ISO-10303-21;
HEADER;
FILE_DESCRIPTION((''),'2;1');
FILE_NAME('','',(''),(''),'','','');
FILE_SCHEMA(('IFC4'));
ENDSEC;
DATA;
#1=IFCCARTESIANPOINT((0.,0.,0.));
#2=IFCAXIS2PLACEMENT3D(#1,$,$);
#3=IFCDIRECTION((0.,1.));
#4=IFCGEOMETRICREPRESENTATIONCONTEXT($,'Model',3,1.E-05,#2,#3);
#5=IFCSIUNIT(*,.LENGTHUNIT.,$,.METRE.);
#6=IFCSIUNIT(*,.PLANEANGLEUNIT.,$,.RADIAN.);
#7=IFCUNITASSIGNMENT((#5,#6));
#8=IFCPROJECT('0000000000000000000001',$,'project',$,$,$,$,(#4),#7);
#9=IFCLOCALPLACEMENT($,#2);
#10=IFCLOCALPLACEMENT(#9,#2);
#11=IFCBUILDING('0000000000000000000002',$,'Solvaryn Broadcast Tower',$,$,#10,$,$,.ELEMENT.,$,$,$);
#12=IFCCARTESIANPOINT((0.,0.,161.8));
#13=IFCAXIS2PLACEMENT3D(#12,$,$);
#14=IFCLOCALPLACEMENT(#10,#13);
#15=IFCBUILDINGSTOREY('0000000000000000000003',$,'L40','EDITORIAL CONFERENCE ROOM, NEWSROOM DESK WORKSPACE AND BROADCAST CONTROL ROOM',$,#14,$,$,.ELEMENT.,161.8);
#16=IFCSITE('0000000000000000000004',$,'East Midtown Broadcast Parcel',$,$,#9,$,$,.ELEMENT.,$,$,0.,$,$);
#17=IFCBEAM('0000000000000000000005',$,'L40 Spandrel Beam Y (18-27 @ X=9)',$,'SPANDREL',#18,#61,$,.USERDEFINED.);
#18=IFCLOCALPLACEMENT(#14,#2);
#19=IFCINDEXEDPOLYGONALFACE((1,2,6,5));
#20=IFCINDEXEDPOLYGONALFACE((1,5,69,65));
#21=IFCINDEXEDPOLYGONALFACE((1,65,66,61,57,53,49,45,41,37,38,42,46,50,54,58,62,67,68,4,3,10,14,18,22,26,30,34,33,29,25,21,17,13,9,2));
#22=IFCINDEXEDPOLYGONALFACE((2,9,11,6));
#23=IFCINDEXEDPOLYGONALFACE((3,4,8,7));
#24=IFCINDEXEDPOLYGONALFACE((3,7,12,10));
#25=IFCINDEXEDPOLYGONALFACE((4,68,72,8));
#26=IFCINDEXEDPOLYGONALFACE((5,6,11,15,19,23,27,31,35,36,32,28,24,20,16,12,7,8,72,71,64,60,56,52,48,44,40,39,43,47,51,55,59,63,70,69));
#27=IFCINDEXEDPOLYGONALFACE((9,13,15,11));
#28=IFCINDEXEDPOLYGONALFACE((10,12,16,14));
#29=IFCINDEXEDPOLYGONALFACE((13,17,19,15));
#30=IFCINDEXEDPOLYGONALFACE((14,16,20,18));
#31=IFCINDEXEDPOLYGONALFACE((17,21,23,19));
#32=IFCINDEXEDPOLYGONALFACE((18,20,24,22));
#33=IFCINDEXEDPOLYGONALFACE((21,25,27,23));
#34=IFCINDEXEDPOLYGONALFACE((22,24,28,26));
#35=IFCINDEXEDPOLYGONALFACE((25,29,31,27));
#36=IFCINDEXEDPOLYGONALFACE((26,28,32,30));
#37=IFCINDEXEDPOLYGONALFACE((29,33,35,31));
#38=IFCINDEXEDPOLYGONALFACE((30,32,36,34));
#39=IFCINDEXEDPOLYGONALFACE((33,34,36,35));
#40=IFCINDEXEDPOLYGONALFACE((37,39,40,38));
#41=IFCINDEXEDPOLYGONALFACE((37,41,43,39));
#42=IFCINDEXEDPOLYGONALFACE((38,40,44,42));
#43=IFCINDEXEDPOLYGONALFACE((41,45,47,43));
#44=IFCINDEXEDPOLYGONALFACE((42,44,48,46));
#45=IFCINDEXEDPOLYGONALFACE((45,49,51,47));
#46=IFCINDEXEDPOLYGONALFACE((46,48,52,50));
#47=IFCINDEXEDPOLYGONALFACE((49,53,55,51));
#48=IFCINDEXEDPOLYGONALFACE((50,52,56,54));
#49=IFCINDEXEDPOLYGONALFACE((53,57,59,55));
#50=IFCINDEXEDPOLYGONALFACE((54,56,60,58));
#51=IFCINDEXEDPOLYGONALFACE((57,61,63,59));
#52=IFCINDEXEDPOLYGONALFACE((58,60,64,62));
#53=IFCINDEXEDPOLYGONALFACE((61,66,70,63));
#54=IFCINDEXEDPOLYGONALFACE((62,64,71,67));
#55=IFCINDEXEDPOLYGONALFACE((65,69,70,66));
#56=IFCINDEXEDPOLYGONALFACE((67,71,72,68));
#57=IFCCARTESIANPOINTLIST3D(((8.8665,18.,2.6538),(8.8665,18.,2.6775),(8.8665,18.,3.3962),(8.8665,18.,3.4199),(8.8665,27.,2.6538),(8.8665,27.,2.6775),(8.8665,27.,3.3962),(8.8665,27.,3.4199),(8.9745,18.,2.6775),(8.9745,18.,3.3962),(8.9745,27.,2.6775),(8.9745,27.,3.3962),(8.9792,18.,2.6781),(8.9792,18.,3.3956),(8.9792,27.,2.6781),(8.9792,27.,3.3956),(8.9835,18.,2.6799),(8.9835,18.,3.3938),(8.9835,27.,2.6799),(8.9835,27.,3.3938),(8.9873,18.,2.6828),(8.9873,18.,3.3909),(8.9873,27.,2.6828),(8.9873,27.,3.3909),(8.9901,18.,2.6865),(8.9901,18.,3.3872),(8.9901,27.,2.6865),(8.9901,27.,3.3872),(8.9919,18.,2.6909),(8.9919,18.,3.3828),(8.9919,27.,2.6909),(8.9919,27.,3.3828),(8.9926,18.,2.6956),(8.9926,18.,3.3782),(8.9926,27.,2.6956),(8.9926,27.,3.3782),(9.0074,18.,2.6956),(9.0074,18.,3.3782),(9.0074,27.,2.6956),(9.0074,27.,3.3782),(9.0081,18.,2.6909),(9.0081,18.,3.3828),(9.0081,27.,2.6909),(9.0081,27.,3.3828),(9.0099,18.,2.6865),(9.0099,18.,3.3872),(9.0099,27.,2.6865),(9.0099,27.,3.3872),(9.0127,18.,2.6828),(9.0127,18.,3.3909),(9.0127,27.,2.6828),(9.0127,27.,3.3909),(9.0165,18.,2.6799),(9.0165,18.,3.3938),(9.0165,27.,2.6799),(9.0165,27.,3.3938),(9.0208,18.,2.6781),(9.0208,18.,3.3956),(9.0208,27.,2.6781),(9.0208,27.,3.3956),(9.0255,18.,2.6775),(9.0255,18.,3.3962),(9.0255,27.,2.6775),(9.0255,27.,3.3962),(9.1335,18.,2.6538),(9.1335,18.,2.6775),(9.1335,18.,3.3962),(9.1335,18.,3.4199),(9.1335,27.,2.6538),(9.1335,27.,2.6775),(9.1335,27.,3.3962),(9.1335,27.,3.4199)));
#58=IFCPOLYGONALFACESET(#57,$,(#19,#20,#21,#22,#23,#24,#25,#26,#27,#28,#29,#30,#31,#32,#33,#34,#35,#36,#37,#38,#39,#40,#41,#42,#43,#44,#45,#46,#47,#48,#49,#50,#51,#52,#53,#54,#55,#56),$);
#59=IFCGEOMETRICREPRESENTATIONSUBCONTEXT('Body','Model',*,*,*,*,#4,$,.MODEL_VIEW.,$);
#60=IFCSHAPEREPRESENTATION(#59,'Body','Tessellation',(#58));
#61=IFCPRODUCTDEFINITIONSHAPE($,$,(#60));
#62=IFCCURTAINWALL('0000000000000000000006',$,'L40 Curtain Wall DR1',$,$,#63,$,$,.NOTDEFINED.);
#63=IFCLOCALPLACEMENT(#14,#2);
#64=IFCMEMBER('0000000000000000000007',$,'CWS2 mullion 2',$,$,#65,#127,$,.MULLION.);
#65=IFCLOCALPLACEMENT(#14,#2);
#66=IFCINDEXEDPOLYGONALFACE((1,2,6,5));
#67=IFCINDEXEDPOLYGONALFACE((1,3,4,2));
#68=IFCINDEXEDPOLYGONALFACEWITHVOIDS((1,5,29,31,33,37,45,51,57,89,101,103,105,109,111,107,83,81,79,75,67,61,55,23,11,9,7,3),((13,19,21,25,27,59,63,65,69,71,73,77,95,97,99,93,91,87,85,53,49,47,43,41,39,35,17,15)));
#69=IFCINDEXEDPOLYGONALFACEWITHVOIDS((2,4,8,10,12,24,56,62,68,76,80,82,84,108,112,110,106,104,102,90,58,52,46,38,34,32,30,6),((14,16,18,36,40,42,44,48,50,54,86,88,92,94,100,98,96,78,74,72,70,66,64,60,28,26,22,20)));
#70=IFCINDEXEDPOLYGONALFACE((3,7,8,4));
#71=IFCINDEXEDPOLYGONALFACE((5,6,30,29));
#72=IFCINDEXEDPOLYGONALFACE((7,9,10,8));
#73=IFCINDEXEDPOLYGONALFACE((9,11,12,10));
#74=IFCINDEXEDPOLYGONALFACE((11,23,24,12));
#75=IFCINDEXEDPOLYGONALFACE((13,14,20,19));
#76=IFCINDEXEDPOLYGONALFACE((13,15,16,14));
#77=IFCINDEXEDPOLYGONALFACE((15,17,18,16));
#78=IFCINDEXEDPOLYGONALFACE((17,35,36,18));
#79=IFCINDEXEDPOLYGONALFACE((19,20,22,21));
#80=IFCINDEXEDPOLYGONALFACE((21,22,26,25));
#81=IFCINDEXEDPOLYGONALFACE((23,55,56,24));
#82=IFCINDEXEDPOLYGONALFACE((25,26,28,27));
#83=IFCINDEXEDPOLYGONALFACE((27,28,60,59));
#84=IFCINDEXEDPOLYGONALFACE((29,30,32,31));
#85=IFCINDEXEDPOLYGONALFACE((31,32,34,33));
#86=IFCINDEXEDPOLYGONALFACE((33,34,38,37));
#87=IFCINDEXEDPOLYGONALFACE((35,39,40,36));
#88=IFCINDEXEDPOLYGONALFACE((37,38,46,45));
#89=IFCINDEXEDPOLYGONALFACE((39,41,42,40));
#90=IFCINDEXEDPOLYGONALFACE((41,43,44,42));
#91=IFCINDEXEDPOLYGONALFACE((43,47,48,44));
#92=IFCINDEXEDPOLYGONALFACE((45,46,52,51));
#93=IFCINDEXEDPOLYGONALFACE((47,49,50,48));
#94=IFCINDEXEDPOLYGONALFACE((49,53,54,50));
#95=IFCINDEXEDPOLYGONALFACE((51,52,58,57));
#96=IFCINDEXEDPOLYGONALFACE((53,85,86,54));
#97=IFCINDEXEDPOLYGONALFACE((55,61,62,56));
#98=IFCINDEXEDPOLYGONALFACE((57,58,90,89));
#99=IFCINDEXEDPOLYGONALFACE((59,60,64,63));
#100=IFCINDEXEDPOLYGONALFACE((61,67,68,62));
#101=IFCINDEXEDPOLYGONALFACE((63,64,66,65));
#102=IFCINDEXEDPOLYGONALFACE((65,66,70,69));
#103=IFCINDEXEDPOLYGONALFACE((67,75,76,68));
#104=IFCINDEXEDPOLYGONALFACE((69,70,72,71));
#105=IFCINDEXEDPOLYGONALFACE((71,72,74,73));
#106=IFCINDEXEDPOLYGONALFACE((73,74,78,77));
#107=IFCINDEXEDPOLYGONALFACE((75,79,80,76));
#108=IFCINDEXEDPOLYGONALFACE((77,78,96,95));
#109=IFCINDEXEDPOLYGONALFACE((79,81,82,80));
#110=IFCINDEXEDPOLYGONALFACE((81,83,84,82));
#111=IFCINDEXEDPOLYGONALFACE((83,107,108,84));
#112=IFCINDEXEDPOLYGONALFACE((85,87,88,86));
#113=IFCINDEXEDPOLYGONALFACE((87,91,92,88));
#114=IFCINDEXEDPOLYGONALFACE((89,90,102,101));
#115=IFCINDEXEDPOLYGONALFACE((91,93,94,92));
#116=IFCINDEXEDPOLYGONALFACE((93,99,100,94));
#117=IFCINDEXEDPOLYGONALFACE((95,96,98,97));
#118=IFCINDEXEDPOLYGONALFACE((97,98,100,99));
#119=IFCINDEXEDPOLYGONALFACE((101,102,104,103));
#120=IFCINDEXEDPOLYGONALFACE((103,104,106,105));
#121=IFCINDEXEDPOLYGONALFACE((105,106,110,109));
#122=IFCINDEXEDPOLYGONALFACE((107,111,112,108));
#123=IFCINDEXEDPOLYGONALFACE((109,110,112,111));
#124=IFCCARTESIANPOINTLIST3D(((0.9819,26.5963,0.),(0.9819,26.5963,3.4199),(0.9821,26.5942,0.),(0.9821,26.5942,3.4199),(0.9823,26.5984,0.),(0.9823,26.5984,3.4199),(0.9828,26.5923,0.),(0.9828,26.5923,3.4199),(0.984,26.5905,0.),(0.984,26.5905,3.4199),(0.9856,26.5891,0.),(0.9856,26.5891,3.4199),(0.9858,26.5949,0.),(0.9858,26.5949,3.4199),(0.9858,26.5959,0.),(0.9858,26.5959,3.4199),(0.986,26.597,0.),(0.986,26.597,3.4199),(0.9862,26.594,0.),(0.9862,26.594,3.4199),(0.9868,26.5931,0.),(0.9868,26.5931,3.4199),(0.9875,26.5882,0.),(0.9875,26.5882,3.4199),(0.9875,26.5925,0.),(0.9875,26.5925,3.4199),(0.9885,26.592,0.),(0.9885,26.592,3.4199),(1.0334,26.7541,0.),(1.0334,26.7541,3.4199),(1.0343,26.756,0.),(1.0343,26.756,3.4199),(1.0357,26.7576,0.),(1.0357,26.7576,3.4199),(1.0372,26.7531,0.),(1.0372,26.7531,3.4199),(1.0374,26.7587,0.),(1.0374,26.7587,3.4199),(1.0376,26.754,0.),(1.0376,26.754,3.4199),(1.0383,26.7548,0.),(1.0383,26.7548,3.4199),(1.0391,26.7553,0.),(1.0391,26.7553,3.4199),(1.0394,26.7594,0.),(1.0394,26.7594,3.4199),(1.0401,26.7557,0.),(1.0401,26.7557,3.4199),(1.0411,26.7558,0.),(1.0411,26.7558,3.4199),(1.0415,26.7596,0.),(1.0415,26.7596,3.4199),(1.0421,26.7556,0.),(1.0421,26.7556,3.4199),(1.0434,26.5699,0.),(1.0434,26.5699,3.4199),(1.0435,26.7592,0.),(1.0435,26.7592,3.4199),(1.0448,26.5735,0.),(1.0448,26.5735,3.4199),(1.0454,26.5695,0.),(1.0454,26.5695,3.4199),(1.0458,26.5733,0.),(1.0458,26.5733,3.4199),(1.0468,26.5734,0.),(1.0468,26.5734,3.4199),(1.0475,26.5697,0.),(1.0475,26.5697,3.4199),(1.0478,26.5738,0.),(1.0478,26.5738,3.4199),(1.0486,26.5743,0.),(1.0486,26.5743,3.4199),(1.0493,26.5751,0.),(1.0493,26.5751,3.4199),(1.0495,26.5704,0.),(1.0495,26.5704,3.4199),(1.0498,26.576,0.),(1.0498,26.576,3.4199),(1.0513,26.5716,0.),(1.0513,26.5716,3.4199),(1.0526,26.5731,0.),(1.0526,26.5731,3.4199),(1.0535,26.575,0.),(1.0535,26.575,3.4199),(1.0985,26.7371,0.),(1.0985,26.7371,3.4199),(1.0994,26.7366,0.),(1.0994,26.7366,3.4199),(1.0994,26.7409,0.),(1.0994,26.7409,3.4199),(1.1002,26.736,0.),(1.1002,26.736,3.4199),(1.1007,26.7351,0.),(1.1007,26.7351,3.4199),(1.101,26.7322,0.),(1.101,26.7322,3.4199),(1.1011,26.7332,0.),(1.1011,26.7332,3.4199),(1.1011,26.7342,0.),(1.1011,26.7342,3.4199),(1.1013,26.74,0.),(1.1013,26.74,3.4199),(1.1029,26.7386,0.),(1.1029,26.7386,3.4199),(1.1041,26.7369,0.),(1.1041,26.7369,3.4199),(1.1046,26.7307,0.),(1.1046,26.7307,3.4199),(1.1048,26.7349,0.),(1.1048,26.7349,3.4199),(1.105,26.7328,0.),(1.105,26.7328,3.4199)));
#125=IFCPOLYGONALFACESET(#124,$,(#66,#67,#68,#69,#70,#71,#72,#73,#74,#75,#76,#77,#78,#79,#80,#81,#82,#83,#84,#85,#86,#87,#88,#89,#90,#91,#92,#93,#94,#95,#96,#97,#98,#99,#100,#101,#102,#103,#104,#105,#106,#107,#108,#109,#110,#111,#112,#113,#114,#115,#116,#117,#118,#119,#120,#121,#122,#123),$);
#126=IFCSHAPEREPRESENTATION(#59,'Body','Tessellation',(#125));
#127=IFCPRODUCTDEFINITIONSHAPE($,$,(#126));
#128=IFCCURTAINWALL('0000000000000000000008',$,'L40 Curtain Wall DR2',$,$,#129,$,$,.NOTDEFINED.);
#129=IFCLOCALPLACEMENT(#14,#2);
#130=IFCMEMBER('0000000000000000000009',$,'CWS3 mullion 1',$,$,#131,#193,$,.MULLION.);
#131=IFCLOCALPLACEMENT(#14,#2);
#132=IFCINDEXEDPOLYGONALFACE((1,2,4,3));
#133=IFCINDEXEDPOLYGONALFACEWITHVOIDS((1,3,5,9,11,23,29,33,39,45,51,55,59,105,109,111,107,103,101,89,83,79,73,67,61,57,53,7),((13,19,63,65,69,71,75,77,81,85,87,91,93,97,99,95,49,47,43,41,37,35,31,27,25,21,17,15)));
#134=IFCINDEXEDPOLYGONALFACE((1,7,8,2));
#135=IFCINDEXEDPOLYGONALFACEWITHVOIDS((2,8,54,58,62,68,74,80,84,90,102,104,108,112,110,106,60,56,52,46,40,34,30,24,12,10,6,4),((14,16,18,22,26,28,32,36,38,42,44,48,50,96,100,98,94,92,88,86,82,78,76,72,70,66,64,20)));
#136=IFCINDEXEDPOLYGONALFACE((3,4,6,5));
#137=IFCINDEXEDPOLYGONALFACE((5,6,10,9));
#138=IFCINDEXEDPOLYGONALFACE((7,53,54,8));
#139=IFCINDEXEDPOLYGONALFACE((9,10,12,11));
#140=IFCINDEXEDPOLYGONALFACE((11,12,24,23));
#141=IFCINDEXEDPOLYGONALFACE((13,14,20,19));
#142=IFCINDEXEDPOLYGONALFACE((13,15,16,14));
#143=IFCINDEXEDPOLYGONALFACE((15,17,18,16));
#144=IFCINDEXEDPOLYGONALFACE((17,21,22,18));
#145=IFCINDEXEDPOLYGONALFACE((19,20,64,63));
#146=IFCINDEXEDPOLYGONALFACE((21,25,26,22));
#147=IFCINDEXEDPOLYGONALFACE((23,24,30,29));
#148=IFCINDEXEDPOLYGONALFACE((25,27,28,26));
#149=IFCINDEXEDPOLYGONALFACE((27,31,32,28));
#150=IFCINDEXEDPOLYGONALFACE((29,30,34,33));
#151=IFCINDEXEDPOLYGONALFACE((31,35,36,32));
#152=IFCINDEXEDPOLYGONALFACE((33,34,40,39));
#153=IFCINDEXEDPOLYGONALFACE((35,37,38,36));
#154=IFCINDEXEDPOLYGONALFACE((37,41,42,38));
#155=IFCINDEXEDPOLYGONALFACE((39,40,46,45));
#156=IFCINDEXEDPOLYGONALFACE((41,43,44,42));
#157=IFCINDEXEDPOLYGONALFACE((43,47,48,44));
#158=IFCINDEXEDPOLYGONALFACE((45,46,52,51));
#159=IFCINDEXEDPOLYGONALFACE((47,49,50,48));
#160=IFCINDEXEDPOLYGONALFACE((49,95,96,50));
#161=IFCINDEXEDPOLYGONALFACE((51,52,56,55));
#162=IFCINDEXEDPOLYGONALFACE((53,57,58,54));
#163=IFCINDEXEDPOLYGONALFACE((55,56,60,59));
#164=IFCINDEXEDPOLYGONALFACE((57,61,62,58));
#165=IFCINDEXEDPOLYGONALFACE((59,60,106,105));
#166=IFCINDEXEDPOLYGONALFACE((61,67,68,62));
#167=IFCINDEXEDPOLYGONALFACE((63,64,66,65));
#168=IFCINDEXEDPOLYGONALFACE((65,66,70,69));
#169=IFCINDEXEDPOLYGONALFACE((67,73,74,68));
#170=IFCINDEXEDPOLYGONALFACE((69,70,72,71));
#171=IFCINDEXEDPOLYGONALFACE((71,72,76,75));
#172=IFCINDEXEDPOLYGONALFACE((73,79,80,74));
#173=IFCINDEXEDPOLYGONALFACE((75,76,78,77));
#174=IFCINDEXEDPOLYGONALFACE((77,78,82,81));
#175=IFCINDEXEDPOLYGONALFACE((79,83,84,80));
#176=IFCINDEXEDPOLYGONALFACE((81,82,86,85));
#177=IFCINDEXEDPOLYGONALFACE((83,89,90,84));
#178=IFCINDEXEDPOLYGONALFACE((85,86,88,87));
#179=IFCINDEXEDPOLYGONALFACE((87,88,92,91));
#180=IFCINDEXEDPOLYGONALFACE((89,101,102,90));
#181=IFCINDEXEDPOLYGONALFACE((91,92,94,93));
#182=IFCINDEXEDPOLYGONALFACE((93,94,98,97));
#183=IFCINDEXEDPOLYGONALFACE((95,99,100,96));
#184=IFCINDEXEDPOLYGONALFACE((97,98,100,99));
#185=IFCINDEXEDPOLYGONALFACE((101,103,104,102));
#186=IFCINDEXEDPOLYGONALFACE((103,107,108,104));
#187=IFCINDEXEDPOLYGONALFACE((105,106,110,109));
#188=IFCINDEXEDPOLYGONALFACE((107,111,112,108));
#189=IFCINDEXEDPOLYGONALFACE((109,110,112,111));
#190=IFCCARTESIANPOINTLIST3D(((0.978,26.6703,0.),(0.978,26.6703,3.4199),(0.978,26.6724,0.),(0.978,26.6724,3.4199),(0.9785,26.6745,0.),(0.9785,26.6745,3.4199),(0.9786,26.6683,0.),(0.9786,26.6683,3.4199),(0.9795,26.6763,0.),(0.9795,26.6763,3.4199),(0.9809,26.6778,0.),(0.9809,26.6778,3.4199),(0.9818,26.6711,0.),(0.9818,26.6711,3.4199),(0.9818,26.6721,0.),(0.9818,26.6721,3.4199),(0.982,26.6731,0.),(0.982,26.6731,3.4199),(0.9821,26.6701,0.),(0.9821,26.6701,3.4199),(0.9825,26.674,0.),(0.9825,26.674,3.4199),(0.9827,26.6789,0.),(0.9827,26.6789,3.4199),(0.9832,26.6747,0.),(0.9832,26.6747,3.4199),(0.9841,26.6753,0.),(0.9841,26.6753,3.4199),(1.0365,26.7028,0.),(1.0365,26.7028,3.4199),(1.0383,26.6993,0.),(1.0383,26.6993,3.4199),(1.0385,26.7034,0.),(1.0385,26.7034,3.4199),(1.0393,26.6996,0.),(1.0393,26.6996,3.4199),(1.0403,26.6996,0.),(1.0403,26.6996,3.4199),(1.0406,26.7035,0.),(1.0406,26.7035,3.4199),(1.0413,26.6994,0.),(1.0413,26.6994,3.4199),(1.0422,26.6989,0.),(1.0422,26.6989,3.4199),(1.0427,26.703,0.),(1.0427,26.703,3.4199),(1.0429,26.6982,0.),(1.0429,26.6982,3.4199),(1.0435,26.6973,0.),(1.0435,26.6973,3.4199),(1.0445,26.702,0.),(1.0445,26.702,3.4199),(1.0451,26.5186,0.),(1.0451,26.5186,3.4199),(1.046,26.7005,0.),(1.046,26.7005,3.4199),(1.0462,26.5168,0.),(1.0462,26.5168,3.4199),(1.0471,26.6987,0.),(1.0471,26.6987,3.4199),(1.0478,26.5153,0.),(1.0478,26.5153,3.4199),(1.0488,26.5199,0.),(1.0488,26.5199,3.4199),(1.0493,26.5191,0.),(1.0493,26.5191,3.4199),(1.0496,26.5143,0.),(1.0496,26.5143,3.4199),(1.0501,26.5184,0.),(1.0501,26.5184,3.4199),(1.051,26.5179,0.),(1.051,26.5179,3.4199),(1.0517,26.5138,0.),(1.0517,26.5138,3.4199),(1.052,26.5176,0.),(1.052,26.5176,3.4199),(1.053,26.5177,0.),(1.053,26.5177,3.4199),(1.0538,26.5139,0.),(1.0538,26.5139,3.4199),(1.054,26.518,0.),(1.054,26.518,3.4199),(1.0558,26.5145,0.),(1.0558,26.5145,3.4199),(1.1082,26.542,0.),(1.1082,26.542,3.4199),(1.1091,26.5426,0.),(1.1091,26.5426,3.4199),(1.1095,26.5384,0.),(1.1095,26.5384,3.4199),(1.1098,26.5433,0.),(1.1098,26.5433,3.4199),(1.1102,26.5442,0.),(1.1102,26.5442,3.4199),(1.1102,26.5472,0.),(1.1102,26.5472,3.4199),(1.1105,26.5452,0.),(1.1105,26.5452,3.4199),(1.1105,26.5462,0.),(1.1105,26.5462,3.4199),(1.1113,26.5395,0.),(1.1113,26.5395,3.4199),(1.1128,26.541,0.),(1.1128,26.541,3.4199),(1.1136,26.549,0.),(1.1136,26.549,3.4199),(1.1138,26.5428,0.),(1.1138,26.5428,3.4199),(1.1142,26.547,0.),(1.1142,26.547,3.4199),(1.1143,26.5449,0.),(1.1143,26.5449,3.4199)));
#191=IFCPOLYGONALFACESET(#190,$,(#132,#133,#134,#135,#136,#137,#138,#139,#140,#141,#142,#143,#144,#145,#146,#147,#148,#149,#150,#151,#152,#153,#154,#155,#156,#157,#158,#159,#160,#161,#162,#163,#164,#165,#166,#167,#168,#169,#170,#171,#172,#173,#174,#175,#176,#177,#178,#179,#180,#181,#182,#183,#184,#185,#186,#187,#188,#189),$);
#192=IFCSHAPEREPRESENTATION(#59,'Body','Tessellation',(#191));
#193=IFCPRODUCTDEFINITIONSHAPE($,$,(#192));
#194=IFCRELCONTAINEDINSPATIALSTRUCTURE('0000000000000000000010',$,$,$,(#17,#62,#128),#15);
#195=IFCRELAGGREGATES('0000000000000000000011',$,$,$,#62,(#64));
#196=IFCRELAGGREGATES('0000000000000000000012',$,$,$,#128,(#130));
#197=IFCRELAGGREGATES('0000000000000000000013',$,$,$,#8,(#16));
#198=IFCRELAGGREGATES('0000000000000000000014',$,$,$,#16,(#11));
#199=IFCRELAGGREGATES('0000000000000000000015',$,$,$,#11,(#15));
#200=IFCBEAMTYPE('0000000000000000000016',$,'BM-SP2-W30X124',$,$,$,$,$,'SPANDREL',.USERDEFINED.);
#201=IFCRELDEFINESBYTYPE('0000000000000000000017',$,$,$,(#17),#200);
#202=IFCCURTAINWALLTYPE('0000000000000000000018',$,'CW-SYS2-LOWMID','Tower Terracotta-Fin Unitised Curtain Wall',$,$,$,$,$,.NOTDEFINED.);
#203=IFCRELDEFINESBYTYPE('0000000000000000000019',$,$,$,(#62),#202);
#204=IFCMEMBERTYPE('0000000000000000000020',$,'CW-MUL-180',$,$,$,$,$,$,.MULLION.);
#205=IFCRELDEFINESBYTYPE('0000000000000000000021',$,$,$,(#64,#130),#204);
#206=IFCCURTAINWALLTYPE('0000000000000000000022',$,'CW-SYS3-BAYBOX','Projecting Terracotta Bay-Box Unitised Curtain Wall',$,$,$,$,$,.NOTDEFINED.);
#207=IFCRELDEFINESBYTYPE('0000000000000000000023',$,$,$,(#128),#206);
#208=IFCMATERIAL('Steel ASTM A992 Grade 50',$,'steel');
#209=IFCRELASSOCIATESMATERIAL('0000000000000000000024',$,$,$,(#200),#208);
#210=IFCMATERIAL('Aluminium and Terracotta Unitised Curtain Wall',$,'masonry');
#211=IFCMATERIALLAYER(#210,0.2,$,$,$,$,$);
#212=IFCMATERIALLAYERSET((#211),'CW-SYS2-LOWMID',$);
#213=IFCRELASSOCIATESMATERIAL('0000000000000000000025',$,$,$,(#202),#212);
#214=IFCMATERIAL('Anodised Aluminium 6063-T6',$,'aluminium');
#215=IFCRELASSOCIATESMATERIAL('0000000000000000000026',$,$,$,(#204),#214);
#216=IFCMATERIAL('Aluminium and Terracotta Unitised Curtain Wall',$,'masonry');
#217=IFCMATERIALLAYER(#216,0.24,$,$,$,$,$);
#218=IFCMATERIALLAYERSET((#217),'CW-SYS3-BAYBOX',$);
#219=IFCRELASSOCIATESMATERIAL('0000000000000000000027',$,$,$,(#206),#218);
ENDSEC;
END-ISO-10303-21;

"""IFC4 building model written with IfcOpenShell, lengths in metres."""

from ifc_helpers import new_model, si_unit, direction, frame, origin, origin_2d, place, context, subcontext, project, spatial, hollow_rectangle, i_section, extrude, material, layer, layer_set, material_profile, profile_set, type_object, element, aggregate, save


model = new_model("IFC4")

# Units and contexts
model_context = context("Model", 3, precision=1e-05, world=origin(), true_north=direction((0.0, 1.0)))
body_context = subcontext(model_context, "Body", "Model", "MODEL_VIEW")
ifc_project = project(units=[si_unit("LENGTHUNIT", "METRE"), si_unit("PLANEANGLEUNIT", "RADIAN")], contexts=[model_context])

# Site, building, storey
site_placement = place(None, origin())
site = spatial("IfcSite", under=ifc_project, at=site_placement, Name="East Midtown Broadcast Parcel", CompositionType="ELEMENT", RefElevation=0.0)
building_placement = place(site_placement, origin())
building = spatial("IfcBuilding", under=site, at=building_placement, Name="Solvaryn Broadcast Tower", CompositionType="ELEMENT")
storey_placement = place(building_placement, frame((0.0, 0.0, 161.8)))
storey = spatial("IfcBuildingStorey", under=building, at=storey_placement, Name="L40", Description="EDITORIAL CONFERENCE ROOM, NEWSROOM DESK WORKSPACE AND BROADCAST CONTROL ROOM", CompositionType="ELEMENT", Elevation=161.8)

# Beam
ifc_material_1 = material(Name="Steel ASTM A992 Grade 50", Category="steel")
ifc_material_profile_1 = material_profile(ifc_material_1, i_section(OverallWidth=0.2671, OverallDepth=0.7661, WebThickness=0.0149, FlangeThickness=0.0237, FilletRadius=0.0181, at=origin_2d()))
ifc_profile_set_1 = profile_set([ifc_material_profile_1], Name="Steel ASTM A992 Grade 50")
beam_type_1 = type_object("IfcBeamType", Name="BM-SP2-W30X124", ElementType="SPANDREL", PredefinedType="USERDEFINED", material=ifc_profile_set_1)
beam_placement = place(storey_placement, frame((9.0, 18.0, 3.0369), z_axis=(0.0, 1.0, 0.0), x_axis=(-1.0, 0.0, 0.0)))
element("IfcBeam", 1, at=beam_placement, inside=storey, type_object=beam_type_1, Name="L40 Spandrel Beam Y (18-27 @ X=9)", ObjectType="SPANDREL", PredefinedType="USERDEFINED", context=body_context, shape_type="SweptSolid", body=[
    extrude(i_section(OverallWidth=0.2671, OverallDepth=0.7661, WebThickness=0.0149, FlangeThickness=0.0237, FilletRadius=0.0181, at=origin_2d()), origin(), (0.0, 0.0, 1.0), 9.0),
])

# Curtain wall, member
ifc_material_2 = material(Name="Aluminium and Terracotta Unitised Curtain Wall", Category="masonry")
ifc_layer_1 = layer(ifc_material_2, 0.2)
ifc_layer_set_1 = layer_set([ifc_layer_1], Name="CW-SYS2-LOWMID")
curtain_wall_type_1 = type_object("IfcCurtainWallType", Name="CW-SYS2-LOWMID", Description="Tower Terracotta-Fin Unitised Curtain Wall", PredefinedType="NOTDEFINED", material=ifc_layer_set_1)
curtain_wall_1_placement = place(storey_placement, origin())
curtain_wall_1 = element("IfcCurtainWall", 2, at=curtain_wall_1_placement, inside=storey, type_object=curtain_wall_type_1, Name="L40 Curtain Wall DR1", PredefinedType="NOTDEFINED")
ifc_material_3 = material(Name="Anodised Aluminium 6063-T6", Category="aluminium")
ifc_material_profile_2 = material_profile(ifc_material_3, hollow_rectangle(XDim=0.075, YDim=0.1799, WallThickness=0.0039, InnerFilletRadius=0.0039, OuterFilletRadius=0.0081, at=origin_2d()))
ifc_profile_set_2 = profile_set([ifc_material_profile_2], Name="Anodised Aluminium 6063-T6")
member_type_1 = type_object("IfcMemberType", Name="CW-MUL-180", PredefinedType="MULLION", material=ifc_profile_set_2)
member_1_placement = place(storey_placement, frame((1.0435, 26.6646, 0.0), z_axis=(0.0, 0.0, 1.0), x_axis=(0.950198, -0.311646, 0.0)))
member_1 = element("IfcMember", 3, at=member_1_placement, type_object=member_type_1, Name="CWS2 mullion 2", PredefinedType="MULLION", context=body_context, shape_type="SweptSolid", body=[
    extrude(hollow_rectangle(XDim=0.075, YDim=0.1799, WallThickness=0.0039, InnerFilletRadius=0.0039, OuterFilletRadius=0.0081, at=origin_2d()), origin(), (0.0, 0.0, 1.0), 3.4199),
])
aggregate(curtain_wall_1, [member_1])

# Curtain wall, member
ifc_material_4 = material(Name="Aluminium and Terracotta Unitised Curtain Wall", Category="masonry")
ifc_layer_2 = layer(ifc_material_4, 0.24)
ifc_layer_set_2 = layer_set([ifc_layer_2], Name="CW-SYS3-BAYBOX")
curtain_wall_type_2 = type_object("IfcCurtainWallType", Name="CW-SYS3-BAYBOX", Description="Projecting Terracotta Bay-Box Unitised Curtain Wall", PredefinedType="NOTDEFINED", material=ifc_layer_set_2)
curtain_wall_2_placement = place(storey_placement, origin())
curtain_wall_2 = element("IfcCurtainWall", 4, at=curtain_wall_2_placement, inside=storey, type_object=curtain_wall_type_2, Name="L40 Curtain Wall DR2", PredefinedType="NOTDEFINED")
member_2_placement = place(storey_placement, frame((1.0461, 26.6086, 0.0), z_axis=(0.0, 0.0, 1.0), x_axis=(0.913909, 0.405918, 0.0)))
member_2 = element("IfcMember", 5, at=member_2_placement, type_object=member_type_1, Name="CWS3 mullion 1", PredefinedType="MULLION", context=body_context, shape_type="SweptSolid", body=[
    extrude(hollow_rectangle(XDim=0.075, YDim=0.1799, WallThickness=0.0039, InnerFilletRadius=0.0039, OuterFilletRadius=0.0081, at=origin_2d()), origin(), (0.0, 0.0, 1.0), 3.4199),
])
aggregate(curtain_wall_2, [member_2])

save(model, "model.ifc")
